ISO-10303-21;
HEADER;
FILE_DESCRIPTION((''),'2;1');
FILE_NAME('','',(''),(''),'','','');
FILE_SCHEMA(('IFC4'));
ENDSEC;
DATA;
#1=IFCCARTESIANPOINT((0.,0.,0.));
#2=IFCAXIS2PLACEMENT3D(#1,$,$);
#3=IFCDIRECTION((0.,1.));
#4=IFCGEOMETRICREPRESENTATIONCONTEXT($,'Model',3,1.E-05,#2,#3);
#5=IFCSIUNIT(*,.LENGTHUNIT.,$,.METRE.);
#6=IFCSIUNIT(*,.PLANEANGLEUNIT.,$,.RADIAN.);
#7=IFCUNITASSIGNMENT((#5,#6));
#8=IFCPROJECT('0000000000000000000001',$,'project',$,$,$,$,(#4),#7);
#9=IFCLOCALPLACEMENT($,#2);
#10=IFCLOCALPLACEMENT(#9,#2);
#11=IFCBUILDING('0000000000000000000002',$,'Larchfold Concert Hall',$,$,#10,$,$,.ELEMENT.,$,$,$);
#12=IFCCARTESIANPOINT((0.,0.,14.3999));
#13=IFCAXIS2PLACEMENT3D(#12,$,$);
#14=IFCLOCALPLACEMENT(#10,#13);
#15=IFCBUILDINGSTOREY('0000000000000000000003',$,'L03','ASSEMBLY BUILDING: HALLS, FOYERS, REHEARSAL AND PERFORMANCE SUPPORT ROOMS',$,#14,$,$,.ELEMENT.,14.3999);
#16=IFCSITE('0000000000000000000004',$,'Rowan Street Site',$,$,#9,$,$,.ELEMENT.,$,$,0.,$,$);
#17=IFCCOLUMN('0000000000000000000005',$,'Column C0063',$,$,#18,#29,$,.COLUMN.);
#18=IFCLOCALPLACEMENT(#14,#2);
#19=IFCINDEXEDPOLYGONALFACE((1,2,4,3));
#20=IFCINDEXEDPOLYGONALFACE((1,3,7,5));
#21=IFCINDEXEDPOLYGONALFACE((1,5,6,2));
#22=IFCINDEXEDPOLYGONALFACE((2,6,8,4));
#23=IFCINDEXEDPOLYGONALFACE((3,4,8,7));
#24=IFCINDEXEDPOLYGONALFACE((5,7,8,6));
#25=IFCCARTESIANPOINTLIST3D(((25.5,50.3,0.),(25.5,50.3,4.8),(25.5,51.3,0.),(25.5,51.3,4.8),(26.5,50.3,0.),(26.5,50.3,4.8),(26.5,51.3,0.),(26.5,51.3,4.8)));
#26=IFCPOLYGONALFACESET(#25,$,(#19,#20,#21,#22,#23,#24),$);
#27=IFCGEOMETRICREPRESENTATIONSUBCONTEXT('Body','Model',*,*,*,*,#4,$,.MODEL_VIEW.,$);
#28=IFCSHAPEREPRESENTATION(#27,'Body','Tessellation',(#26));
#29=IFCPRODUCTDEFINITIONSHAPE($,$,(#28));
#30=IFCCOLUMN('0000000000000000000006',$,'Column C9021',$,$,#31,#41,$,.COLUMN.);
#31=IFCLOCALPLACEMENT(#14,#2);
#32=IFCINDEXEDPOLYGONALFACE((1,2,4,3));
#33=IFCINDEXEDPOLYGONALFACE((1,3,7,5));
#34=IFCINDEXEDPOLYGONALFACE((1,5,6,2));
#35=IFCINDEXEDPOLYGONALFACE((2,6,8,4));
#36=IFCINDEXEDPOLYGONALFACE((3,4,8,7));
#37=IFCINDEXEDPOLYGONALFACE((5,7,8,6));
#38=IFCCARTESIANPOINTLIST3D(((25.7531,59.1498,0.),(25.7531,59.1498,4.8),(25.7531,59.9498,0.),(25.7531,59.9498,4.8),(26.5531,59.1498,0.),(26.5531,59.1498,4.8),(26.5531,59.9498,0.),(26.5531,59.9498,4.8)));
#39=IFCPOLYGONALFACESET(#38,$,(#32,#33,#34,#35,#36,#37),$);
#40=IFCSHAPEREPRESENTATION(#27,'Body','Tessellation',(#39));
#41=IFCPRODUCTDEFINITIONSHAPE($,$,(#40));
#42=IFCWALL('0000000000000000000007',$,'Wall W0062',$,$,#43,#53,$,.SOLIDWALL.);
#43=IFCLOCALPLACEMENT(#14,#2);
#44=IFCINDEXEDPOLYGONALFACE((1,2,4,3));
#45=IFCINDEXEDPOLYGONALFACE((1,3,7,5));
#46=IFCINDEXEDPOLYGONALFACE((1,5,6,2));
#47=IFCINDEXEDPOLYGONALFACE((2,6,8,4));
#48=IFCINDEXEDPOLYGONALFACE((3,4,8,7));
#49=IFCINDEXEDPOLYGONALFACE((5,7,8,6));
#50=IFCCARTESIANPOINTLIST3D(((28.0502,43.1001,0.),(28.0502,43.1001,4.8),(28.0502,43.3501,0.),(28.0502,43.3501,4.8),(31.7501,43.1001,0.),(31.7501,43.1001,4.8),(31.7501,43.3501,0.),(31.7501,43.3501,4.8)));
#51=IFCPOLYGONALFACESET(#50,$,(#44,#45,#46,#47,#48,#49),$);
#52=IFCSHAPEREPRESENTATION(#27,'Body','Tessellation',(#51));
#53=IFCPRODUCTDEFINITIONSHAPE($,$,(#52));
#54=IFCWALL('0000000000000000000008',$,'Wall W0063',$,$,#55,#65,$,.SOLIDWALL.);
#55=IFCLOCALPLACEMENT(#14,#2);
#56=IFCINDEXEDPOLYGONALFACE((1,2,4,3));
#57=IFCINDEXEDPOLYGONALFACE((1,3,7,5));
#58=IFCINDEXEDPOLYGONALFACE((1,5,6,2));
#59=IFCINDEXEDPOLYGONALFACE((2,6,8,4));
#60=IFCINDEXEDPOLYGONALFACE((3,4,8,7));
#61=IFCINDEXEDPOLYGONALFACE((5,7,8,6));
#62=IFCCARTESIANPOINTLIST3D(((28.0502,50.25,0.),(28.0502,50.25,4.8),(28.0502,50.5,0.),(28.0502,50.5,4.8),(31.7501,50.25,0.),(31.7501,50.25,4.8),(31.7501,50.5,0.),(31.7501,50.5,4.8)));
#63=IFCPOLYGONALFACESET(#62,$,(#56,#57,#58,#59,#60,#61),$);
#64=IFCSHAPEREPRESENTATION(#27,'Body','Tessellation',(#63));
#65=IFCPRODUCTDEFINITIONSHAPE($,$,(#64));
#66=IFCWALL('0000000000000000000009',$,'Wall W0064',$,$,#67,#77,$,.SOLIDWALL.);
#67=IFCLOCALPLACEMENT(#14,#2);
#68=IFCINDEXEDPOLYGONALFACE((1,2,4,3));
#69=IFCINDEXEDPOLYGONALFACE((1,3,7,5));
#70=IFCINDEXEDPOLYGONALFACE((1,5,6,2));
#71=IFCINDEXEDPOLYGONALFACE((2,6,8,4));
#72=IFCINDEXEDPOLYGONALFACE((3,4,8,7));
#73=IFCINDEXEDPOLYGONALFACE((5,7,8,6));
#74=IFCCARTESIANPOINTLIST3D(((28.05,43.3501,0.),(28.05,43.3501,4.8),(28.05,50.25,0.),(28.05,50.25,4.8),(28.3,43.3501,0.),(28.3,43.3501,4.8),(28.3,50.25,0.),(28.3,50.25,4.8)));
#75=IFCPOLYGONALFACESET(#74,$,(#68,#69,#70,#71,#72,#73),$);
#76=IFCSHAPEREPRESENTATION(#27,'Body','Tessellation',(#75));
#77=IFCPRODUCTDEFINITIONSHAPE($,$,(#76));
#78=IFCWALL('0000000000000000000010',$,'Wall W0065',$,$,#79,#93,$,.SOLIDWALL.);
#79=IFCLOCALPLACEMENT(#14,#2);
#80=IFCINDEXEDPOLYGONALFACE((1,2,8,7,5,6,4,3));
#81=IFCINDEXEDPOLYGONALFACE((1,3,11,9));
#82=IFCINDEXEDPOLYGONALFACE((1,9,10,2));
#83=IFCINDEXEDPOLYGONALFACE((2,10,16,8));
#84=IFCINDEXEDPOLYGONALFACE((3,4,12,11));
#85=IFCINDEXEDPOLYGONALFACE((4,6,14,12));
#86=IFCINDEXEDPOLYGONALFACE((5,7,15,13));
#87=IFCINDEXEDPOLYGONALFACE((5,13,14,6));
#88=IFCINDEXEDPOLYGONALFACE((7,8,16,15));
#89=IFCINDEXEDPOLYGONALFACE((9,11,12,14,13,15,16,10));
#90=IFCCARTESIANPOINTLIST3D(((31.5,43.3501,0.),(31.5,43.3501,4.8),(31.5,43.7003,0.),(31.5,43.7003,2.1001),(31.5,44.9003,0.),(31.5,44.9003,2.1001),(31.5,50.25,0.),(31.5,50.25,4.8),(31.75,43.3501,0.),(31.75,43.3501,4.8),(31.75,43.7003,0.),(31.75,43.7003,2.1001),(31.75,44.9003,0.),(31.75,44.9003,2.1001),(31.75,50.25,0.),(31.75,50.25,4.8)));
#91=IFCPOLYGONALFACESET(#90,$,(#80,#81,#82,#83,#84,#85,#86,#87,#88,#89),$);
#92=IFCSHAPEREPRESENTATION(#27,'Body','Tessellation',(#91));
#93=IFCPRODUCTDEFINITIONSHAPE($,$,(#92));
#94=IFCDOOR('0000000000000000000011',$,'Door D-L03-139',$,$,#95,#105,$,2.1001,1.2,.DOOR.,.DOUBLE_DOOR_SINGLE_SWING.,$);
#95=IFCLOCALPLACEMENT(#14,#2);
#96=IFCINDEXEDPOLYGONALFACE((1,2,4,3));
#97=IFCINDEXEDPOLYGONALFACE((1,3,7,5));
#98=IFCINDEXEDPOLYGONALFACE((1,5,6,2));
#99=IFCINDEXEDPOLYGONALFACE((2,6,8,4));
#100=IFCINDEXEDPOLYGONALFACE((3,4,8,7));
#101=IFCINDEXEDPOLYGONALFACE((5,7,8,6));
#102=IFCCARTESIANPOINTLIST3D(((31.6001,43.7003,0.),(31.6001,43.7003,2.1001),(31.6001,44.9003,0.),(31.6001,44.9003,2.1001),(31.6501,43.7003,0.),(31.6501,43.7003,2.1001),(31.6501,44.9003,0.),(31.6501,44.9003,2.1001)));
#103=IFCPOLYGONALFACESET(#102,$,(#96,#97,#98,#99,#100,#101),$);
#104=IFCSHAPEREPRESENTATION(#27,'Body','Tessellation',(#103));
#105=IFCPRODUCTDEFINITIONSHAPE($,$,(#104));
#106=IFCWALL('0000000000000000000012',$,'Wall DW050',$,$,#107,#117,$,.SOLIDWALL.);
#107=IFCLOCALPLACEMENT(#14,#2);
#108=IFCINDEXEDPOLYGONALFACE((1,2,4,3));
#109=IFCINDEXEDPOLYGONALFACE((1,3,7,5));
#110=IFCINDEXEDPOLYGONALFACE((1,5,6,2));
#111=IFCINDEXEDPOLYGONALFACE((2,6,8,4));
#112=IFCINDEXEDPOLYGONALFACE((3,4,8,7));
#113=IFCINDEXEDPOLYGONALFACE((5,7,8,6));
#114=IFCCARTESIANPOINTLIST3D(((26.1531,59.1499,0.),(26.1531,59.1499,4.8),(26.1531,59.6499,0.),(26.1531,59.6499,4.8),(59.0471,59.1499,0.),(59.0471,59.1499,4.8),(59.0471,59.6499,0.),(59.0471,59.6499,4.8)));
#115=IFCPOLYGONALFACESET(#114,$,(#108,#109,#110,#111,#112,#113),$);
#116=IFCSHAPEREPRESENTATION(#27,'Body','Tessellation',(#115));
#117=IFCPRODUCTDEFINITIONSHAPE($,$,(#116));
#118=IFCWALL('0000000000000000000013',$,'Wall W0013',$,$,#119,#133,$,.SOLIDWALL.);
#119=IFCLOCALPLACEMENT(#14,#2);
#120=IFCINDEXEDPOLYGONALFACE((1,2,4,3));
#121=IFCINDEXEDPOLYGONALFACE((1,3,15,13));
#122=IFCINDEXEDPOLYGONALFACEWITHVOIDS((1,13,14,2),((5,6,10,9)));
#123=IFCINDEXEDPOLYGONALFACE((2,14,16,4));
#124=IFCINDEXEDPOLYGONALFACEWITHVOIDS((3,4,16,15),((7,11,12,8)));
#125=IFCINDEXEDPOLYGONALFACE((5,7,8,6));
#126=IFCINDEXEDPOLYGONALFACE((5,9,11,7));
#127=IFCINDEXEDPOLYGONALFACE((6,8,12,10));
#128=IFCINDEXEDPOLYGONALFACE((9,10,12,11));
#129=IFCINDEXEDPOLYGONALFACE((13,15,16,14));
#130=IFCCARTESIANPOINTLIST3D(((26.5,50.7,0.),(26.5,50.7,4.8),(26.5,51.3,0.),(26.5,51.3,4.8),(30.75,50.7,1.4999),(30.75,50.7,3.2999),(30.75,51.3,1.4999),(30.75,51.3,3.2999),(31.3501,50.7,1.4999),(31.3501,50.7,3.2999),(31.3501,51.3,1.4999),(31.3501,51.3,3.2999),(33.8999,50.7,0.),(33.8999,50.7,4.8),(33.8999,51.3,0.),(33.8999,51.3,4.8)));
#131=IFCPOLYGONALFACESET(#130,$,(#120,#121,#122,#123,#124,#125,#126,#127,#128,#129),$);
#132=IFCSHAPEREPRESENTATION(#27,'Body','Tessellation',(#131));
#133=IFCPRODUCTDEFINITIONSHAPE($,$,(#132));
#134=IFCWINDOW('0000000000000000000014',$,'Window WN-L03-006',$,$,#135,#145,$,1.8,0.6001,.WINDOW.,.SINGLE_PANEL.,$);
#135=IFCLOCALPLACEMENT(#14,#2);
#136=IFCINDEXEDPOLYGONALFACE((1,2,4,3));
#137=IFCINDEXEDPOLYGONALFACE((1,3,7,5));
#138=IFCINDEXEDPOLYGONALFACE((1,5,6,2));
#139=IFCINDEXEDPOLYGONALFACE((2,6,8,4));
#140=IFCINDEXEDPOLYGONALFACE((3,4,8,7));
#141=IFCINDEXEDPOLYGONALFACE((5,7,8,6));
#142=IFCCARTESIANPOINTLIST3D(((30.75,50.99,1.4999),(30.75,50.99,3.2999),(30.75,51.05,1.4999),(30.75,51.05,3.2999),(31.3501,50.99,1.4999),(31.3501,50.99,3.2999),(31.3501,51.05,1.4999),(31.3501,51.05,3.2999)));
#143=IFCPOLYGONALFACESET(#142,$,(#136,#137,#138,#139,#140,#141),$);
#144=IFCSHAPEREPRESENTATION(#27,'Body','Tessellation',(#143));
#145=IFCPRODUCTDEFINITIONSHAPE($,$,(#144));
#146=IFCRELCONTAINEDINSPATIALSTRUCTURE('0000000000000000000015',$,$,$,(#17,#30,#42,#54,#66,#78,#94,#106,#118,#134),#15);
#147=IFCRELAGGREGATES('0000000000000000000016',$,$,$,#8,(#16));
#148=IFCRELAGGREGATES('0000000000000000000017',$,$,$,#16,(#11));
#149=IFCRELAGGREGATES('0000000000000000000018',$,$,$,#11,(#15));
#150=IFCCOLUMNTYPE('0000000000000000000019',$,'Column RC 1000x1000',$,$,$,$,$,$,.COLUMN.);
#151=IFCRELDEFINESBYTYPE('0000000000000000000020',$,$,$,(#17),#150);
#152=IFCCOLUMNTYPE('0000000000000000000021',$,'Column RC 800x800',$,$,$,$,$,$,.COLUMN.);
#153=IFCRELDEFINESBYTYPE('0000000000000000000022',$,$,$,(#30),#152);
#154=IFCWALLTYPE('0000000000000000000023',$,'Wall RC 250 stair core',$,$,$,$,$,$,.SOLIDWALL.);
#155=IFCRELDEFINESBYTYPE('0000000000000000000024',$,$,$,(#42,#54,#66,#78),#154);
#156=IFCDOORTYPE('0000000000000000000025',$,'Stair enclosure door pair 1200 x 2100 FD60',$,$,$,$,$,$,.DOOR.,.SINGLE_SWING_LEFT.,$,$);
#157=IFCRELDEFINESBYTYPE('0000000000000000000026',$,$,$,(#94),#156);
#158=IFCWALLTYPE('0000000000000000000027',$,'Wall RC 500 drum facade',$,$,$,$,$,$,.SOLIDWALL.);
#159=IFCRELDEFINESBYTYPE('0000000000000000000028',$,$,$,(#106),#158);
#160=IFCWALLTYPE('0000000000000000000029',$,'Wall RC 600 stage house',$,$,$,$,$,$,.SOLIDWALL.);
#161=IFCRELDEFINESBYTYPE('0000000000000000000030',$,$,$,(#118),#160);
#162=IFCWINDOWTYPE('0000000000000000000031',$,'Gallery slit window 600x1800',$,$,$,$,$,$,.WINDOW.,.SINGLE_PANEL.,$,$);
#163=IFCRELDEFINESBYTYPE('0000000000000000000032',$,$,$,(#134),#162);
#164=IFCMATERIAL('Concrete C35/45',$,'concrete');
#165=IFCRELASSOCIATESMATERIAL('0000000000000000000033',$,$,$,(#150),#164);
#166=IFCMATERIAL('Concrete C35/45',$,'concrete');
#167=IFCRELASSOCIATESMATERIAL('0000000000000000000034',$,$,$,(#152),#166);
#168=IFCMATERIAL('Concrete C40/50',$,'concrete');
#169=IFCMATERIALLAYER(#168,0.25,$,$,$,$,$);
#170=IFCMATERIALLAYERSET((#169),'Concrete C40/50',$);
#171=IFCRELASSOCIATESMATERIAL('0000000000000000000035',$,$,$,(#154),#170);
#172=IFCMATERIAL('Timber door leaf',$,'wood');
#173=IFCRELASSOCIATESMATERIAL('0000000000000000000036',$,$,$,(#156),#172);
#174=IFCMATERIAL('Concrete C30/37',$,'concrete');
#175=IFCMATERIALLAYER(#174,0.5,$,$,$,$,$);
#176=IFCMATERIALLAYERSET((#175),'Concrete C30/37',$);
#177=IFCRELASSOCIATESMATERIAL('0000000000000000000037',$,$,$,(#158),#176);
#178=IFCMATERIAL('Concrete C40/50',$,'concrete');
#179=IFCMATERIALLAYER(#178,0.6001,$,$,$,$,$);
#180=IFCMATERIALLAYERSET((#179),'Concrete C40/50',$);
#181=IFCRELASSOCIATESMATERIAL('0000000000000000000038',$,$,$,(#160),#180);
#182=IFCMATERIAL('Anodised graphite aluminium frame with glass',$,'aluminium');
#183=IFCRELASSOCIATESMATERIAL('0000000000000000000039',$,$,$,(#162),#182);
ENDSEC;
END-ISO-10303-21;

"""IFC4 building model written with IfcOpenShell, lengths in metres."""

from ifc_helpers import new_model, si_unit, direction, frame, frame_2d, origin, origin_2d, place, context, subcontext, project, spatial, rectangle, extrude, material, layer, layer_set, material_profile, profile_set, type_object, element, fill, save


model = new_model("IFC4")

# Units and contexts
model_context = context("Model", 3, precision=1e-05, world=origin(), true_north=direction((0.0, 1.0)))
body_context = subcontext(model_context, "Body", "Model", "MODEL_VIEW")
ifc_project = project(units=[si_unit("LENGTHUNIT", "METRE"), si_unit("PLANEANGLEUNIT", "RADIAN")], contexts=[model_context])

# Site, building, storey
site_placement = place(None, origin())
site = spatial("IfcSite", under=ifc_project, at=site_placement, Name="Rowan Street Site", CompositionType="ELEMENT", RefElevation=0.0)
building_placement = place(site_placement, origin())
building = spatial("IfcBuilding", under=site, at=building_placement, Name="Larchfold Concert Hall", CompositionType="ELEMENT")
storey_placement = place(building_placement, frame((0.0, 0.0, 14.3999)))
storey = spatial("IfcBuildingStorey", under=building, at=storey_placement, Name="L03", Description="ASSEMBLY BUILDING: HALLS, FOYERS, REHEARSAL AND PERFORMANCE SUPPORT ROOMS", CompositionType="ELEMENT", Elevation=14.3999)

# Columns
ifc_material_1 = material(Name="Concrete C35/45", Category="concrete")
ifc_material_profile_1 = material_profile(ifc_material_1, rectangle(XDim=1.0, YDim=1.0, at=origin_2d()))
ifc_profile_set_1 = profile_set([ifc_material_profile_1], Name="Concrete C35/45")
column_type_1 = type_object("IfcColumnType", Name="Column RC 1000x1000", PredefinedType="COLUMN", material=ifc_profile_set_1)
column_1_placement = place(storey_placement, frame((26.0, 50.8, 0.0), z_axis=(0.0, 0.0, 1.0), x_axis=(1.0, 0.0, 0.0)))
element("IfcColumn", 1, at=column_1_placement, inside=storey, type_object=column_type_1, Name="Column C0063", PredefinedType="COLUMN", context=body_context, shape_type="SweptSolid", body=[
    extrude(rectangle(XDim=1.0, YDim=1.0, at=origin_2d()), origin(), (0.0, 0.0, 1.0), 4.8),
])
ifc_material_2 = material(Name="Concrete C35/45", Category="concrete")
ifc_material_profile_2 = material_profile(ifc_material_2, rectangle(XDim=0.8, YDim=0.8, at=origin_2d()))
ifc_profile_set_2 = profile_set([ifc_material_profile_2], Name="Concrete C35/45")
column_type_2 = type_object("IfcColumnType", Name="Column RC 800x800", PredefinedType="COLUMN", material=ifc_profile_set_2)
column_2_placement = place(storey_placement, frame((26.1531, 59.5498, 0.0), z_axis=(0.0, 0.0, 1.0), x_axis=(1.0, 0.0, 0.0)))
element("IfcColumn", 2, at=column_2_placement, inside=storey, type_object=column_type_2, Name="Column C9021", PredefinedType="COLUMN", context=body_context, shape_type="SweptSolid", body=[
    extrude(rectangle(XDim=0.8, YDim=0.8, at=origin_2d()), origin(), (0.0, 0.0, 1.0), 4.8),
])

# Walls
ifc_material_3 = material(Name="Concrete C40/50", Category="concrete")
ifc_layer_1 = layer(ifc_material_3, 0.25)
ifc_layer_set_1 = layer_set([ifc_layer_1], Name="Concrete C40/50")
wall_type_1 = type_object("IfcWallType", Name="Wall RC 250 stair core", PredefinedType="SOLIDWALL", material=ifc_layer_set_1)
for number, where, z_axis, x_axis, name in (
    (3, (28.05, 43.2251, 0.0), (0.0, 0.0, 1.0), (1.0, 0.0, 0.0), "Wall W0062"),
    (4, (28.05, 50.375, 0.0), (0.0, 0.0, 1.0), (1.0, 0.0, 0.0), "Wall W0063"),
):
    element("IfcWall", number, at=place(storey_placement, frame(where, z_axis=z_axis, x_axis=x_axis)), inside=storey, type_object=wall_type_1, Name=name, PredefinedType="SOLIDWALL", context=body_context, shape_type="SweptSolid", body=[
        extrude(rectangle(XDim=3.7, YDim=0.25, at=frame_2d((1.8501, 0.0))), origin(), (0.0, 0.0, 1.0), 4.8),
    ])
wall_1_placement = place(storey_placement, frame((28.175, 43.3501, 0.0), z_axis=(0.0, 0.0, 1.0), x_axis=(0.0, 1.0, 0.0)))
element("IfcWall", 5, at=wall_1_placement, inside=storey, type_object=wall_type_1, Name="Wall W0064", PredefinedType="SOLIDWALL", context=body_context, shape_type="SweptSolid", body=[
    extrude(rectangle(XDim=6.8999, YDim=0.25, at=frame_2d((3.45, 0.0))), origin(), (0.0, 0.0, 1.0), 4.8),
])

# Wall, opening, door
wall_2_placement = place(storey_placement, frame((31.625, 43.3501, 0.0), z_axis=(0.0, 0.0, 1.0), x_axis=(0.0, 1.0, 0.0)))
wall_2 = element("IfcWall", 6, at=wall_2_placement, inside=storey, type_object=wall_type_1, Name="Wall W0065", PredefinedType="SOLIDWALL", context=body_context, shape_type="SweptSolid", body=[
    extrude(rectangle(XDim=6.8999, YDim=0.25, at=frame_2d((3.45, 0.0))), origin(), (0.0, 0.0, 1.0), 4.8),
])
opening_1_placement = place(wall_2_placement, frame((0.3501, 0.0, 0.0)))
opening_1 = element("IfcOpeningElement", 7, at=opening_1_placement, cuts=wall_2, PredefinedType="OPENING", context=body_context, shape_type="SweptSolid", body=[
    extrude(rectangle(XDim=1.2, YDim=2.1001, at=frame_2d((0.6001, 1.05))), frame((0.0, 0.135, 0.0), z_axis=(0.0, -1.0, 0.0), x_axis=(1.0, 0.0, 0.0)), (0.0, 0.0, 1.0), 0.27),
])
ifc_material_4 = material(Name="Timber door leaf", Category="wood")
door_type = type_object("IfcDoorType", Name="Stair enclosure door pair 1200 x 2100 FD60", OperationType="SINGLE_SWING_LEFT", PredefinedType="DOOR", material=ifc_material_4)
door_placement = place(opening_1_placement, origin())
door = element("IfcDoor", 8, at=door_placement, inside=storey, type_object=door_type, Name="Door D-L03-139", OperationType="DOUBLE_DOOR_SINGLE_SWING", OverallHeight=2.1001, OverallWidth=1.2, PredefinedType="DOOR", context=body_context, shape_type="SweptSolid", body=[
    extrude(rectangle(XDim=1.2, YDim=2.1001, at=frame_2d((0.6001, 1.05))), frame((0.0, 0.0249, 0.0), z_axis=(0.0, -1.0, 0.0), x_axis=(1.0, 0.0, 0.0)), (0.0, 0.0, 1.0), 0.05),
])
fill(opening_1, door)

# Wall
ifc_material_5 = material(Name="Concrete C30/37", Category="concrete")
ifc_layer_2 = layer(ifc_material_5, 0.5)
ifc_layer_set_2 = layer_set([ifc_layer_2], Name="Concrete C30/37")
wall_type_2 = type_object("IfcWallType", Name="Wall RC 500 drum facade", PredefinedType="SOLIDWALL", material=ifc_layer_set_2)
wall_3_placement = place(storey_placement, frame((26.1531, 59.3999, 0.0), z_axis=(0.0, 0.0, 1.0), x_axis=(1.0, 0.0, 0.0)))
element("IfcWall", 9, at=wall_3_placement, inside=storey, type_object=wall_type_2, Name="Wall DW050", PredefinedType="SOLIDWALL", context=body_context, shape_type="SweptSolid", body=[
    extrude(rectangle(XDim=32.894, YDim=0.5, at=frame_2d((16.447, 0.0))), origin(), (0.0, 0.0, 1.0), 4.8),
])

# Wall, opening, window
ifc_material_6 = material(Name="Concrete C40/50", Category="concrete")
ifc_layer_3 = layer(ifc_material_6, 0.6001)
ifc_layer_set_3 = layer_set([ifc_layer_3], Name="Concrete C40/50")
wall_type_3 = type_object("IfcWallType", Name="Wall RC 600 stage house", PredefinedType="SOLIDWALL", material=ifc_layer_set_3)
wall_4_placement = place(storey_placement, frame((33.8999, 51.0, 0.0), z_axis=(0.0, 0.0, 1.0), x_axis=(-1.0, 0.0, 0.0)))
wall_4 = element("IfcWall", 10, at=wall_4_placement, inside=storey, type_object=wall_type_3, Name="Wall W0013", PredefinedType="SOLIDWALL", context=body_context, shape_type="SweptSolid", body=[
    extrude(rectangle(XDim=7.3999, YDim=0.6001, at=frame_2d((3.7, 0.0))), origin(), (0.0, 0.0, 1.0), 4.8),
])
opening_2_placement = place(wall_4_placement, frame((2.5498, 0.0, 1.5)))
opening_2 = element("IfcOpeningElement", 11, at=opening_2_placement, cuts=wall_4, PredefinedType="OPENING", context=body_context, shape_type="SweptSolid", body=[
    extrude(rectangle(XDim=0.6001, YDim=1.8, at=frame_2d((0.3, 0.8999))), frame((0.0, 0.3101, 0.0), z_axis=(0.0, -1.0, 0.0), x_axis=(1.0, 0.0, 0.0)), (0.0, 0.0, 1.0), 0.6201),
])
ifc_material_7 = material(Name="Anodised graphite aluminium frame with glass", Category="aluminium")
window_type = type_object("IfcWindowType", Name="Gallery slit window 600x1800", PartitioningType="SINGLE_PANEL", PredefinedType="WINDOW", material=ifc_material_7)
window_placement = place(opening_2_placement, origin())
window = element("IfcWindow", 12, at=window_placement, inside=storey, type_object=window_type, Name="Window WN-L03-006", OverallHeight=1.8, OverallWidth=0.6001, PartitioningType="SINGLE_PANEL", PredefinedType="WINDOW", context=body_context, shape_type="SweptSolid", body=[
    extrude(rectangle(XDim=0.6001, YDim=1.8, at=frame_2d((0.3, 0.8999))), frame((0.0, 0.01, 0.0), z_axis=(0.0, -1.0, 0.0), x_axis=(1.0, 0.0, 0.0)), (0.0, 0.0, 1.0), 0.0601),
])
fill(opening_2, window)

save(model, "model.ifc")
